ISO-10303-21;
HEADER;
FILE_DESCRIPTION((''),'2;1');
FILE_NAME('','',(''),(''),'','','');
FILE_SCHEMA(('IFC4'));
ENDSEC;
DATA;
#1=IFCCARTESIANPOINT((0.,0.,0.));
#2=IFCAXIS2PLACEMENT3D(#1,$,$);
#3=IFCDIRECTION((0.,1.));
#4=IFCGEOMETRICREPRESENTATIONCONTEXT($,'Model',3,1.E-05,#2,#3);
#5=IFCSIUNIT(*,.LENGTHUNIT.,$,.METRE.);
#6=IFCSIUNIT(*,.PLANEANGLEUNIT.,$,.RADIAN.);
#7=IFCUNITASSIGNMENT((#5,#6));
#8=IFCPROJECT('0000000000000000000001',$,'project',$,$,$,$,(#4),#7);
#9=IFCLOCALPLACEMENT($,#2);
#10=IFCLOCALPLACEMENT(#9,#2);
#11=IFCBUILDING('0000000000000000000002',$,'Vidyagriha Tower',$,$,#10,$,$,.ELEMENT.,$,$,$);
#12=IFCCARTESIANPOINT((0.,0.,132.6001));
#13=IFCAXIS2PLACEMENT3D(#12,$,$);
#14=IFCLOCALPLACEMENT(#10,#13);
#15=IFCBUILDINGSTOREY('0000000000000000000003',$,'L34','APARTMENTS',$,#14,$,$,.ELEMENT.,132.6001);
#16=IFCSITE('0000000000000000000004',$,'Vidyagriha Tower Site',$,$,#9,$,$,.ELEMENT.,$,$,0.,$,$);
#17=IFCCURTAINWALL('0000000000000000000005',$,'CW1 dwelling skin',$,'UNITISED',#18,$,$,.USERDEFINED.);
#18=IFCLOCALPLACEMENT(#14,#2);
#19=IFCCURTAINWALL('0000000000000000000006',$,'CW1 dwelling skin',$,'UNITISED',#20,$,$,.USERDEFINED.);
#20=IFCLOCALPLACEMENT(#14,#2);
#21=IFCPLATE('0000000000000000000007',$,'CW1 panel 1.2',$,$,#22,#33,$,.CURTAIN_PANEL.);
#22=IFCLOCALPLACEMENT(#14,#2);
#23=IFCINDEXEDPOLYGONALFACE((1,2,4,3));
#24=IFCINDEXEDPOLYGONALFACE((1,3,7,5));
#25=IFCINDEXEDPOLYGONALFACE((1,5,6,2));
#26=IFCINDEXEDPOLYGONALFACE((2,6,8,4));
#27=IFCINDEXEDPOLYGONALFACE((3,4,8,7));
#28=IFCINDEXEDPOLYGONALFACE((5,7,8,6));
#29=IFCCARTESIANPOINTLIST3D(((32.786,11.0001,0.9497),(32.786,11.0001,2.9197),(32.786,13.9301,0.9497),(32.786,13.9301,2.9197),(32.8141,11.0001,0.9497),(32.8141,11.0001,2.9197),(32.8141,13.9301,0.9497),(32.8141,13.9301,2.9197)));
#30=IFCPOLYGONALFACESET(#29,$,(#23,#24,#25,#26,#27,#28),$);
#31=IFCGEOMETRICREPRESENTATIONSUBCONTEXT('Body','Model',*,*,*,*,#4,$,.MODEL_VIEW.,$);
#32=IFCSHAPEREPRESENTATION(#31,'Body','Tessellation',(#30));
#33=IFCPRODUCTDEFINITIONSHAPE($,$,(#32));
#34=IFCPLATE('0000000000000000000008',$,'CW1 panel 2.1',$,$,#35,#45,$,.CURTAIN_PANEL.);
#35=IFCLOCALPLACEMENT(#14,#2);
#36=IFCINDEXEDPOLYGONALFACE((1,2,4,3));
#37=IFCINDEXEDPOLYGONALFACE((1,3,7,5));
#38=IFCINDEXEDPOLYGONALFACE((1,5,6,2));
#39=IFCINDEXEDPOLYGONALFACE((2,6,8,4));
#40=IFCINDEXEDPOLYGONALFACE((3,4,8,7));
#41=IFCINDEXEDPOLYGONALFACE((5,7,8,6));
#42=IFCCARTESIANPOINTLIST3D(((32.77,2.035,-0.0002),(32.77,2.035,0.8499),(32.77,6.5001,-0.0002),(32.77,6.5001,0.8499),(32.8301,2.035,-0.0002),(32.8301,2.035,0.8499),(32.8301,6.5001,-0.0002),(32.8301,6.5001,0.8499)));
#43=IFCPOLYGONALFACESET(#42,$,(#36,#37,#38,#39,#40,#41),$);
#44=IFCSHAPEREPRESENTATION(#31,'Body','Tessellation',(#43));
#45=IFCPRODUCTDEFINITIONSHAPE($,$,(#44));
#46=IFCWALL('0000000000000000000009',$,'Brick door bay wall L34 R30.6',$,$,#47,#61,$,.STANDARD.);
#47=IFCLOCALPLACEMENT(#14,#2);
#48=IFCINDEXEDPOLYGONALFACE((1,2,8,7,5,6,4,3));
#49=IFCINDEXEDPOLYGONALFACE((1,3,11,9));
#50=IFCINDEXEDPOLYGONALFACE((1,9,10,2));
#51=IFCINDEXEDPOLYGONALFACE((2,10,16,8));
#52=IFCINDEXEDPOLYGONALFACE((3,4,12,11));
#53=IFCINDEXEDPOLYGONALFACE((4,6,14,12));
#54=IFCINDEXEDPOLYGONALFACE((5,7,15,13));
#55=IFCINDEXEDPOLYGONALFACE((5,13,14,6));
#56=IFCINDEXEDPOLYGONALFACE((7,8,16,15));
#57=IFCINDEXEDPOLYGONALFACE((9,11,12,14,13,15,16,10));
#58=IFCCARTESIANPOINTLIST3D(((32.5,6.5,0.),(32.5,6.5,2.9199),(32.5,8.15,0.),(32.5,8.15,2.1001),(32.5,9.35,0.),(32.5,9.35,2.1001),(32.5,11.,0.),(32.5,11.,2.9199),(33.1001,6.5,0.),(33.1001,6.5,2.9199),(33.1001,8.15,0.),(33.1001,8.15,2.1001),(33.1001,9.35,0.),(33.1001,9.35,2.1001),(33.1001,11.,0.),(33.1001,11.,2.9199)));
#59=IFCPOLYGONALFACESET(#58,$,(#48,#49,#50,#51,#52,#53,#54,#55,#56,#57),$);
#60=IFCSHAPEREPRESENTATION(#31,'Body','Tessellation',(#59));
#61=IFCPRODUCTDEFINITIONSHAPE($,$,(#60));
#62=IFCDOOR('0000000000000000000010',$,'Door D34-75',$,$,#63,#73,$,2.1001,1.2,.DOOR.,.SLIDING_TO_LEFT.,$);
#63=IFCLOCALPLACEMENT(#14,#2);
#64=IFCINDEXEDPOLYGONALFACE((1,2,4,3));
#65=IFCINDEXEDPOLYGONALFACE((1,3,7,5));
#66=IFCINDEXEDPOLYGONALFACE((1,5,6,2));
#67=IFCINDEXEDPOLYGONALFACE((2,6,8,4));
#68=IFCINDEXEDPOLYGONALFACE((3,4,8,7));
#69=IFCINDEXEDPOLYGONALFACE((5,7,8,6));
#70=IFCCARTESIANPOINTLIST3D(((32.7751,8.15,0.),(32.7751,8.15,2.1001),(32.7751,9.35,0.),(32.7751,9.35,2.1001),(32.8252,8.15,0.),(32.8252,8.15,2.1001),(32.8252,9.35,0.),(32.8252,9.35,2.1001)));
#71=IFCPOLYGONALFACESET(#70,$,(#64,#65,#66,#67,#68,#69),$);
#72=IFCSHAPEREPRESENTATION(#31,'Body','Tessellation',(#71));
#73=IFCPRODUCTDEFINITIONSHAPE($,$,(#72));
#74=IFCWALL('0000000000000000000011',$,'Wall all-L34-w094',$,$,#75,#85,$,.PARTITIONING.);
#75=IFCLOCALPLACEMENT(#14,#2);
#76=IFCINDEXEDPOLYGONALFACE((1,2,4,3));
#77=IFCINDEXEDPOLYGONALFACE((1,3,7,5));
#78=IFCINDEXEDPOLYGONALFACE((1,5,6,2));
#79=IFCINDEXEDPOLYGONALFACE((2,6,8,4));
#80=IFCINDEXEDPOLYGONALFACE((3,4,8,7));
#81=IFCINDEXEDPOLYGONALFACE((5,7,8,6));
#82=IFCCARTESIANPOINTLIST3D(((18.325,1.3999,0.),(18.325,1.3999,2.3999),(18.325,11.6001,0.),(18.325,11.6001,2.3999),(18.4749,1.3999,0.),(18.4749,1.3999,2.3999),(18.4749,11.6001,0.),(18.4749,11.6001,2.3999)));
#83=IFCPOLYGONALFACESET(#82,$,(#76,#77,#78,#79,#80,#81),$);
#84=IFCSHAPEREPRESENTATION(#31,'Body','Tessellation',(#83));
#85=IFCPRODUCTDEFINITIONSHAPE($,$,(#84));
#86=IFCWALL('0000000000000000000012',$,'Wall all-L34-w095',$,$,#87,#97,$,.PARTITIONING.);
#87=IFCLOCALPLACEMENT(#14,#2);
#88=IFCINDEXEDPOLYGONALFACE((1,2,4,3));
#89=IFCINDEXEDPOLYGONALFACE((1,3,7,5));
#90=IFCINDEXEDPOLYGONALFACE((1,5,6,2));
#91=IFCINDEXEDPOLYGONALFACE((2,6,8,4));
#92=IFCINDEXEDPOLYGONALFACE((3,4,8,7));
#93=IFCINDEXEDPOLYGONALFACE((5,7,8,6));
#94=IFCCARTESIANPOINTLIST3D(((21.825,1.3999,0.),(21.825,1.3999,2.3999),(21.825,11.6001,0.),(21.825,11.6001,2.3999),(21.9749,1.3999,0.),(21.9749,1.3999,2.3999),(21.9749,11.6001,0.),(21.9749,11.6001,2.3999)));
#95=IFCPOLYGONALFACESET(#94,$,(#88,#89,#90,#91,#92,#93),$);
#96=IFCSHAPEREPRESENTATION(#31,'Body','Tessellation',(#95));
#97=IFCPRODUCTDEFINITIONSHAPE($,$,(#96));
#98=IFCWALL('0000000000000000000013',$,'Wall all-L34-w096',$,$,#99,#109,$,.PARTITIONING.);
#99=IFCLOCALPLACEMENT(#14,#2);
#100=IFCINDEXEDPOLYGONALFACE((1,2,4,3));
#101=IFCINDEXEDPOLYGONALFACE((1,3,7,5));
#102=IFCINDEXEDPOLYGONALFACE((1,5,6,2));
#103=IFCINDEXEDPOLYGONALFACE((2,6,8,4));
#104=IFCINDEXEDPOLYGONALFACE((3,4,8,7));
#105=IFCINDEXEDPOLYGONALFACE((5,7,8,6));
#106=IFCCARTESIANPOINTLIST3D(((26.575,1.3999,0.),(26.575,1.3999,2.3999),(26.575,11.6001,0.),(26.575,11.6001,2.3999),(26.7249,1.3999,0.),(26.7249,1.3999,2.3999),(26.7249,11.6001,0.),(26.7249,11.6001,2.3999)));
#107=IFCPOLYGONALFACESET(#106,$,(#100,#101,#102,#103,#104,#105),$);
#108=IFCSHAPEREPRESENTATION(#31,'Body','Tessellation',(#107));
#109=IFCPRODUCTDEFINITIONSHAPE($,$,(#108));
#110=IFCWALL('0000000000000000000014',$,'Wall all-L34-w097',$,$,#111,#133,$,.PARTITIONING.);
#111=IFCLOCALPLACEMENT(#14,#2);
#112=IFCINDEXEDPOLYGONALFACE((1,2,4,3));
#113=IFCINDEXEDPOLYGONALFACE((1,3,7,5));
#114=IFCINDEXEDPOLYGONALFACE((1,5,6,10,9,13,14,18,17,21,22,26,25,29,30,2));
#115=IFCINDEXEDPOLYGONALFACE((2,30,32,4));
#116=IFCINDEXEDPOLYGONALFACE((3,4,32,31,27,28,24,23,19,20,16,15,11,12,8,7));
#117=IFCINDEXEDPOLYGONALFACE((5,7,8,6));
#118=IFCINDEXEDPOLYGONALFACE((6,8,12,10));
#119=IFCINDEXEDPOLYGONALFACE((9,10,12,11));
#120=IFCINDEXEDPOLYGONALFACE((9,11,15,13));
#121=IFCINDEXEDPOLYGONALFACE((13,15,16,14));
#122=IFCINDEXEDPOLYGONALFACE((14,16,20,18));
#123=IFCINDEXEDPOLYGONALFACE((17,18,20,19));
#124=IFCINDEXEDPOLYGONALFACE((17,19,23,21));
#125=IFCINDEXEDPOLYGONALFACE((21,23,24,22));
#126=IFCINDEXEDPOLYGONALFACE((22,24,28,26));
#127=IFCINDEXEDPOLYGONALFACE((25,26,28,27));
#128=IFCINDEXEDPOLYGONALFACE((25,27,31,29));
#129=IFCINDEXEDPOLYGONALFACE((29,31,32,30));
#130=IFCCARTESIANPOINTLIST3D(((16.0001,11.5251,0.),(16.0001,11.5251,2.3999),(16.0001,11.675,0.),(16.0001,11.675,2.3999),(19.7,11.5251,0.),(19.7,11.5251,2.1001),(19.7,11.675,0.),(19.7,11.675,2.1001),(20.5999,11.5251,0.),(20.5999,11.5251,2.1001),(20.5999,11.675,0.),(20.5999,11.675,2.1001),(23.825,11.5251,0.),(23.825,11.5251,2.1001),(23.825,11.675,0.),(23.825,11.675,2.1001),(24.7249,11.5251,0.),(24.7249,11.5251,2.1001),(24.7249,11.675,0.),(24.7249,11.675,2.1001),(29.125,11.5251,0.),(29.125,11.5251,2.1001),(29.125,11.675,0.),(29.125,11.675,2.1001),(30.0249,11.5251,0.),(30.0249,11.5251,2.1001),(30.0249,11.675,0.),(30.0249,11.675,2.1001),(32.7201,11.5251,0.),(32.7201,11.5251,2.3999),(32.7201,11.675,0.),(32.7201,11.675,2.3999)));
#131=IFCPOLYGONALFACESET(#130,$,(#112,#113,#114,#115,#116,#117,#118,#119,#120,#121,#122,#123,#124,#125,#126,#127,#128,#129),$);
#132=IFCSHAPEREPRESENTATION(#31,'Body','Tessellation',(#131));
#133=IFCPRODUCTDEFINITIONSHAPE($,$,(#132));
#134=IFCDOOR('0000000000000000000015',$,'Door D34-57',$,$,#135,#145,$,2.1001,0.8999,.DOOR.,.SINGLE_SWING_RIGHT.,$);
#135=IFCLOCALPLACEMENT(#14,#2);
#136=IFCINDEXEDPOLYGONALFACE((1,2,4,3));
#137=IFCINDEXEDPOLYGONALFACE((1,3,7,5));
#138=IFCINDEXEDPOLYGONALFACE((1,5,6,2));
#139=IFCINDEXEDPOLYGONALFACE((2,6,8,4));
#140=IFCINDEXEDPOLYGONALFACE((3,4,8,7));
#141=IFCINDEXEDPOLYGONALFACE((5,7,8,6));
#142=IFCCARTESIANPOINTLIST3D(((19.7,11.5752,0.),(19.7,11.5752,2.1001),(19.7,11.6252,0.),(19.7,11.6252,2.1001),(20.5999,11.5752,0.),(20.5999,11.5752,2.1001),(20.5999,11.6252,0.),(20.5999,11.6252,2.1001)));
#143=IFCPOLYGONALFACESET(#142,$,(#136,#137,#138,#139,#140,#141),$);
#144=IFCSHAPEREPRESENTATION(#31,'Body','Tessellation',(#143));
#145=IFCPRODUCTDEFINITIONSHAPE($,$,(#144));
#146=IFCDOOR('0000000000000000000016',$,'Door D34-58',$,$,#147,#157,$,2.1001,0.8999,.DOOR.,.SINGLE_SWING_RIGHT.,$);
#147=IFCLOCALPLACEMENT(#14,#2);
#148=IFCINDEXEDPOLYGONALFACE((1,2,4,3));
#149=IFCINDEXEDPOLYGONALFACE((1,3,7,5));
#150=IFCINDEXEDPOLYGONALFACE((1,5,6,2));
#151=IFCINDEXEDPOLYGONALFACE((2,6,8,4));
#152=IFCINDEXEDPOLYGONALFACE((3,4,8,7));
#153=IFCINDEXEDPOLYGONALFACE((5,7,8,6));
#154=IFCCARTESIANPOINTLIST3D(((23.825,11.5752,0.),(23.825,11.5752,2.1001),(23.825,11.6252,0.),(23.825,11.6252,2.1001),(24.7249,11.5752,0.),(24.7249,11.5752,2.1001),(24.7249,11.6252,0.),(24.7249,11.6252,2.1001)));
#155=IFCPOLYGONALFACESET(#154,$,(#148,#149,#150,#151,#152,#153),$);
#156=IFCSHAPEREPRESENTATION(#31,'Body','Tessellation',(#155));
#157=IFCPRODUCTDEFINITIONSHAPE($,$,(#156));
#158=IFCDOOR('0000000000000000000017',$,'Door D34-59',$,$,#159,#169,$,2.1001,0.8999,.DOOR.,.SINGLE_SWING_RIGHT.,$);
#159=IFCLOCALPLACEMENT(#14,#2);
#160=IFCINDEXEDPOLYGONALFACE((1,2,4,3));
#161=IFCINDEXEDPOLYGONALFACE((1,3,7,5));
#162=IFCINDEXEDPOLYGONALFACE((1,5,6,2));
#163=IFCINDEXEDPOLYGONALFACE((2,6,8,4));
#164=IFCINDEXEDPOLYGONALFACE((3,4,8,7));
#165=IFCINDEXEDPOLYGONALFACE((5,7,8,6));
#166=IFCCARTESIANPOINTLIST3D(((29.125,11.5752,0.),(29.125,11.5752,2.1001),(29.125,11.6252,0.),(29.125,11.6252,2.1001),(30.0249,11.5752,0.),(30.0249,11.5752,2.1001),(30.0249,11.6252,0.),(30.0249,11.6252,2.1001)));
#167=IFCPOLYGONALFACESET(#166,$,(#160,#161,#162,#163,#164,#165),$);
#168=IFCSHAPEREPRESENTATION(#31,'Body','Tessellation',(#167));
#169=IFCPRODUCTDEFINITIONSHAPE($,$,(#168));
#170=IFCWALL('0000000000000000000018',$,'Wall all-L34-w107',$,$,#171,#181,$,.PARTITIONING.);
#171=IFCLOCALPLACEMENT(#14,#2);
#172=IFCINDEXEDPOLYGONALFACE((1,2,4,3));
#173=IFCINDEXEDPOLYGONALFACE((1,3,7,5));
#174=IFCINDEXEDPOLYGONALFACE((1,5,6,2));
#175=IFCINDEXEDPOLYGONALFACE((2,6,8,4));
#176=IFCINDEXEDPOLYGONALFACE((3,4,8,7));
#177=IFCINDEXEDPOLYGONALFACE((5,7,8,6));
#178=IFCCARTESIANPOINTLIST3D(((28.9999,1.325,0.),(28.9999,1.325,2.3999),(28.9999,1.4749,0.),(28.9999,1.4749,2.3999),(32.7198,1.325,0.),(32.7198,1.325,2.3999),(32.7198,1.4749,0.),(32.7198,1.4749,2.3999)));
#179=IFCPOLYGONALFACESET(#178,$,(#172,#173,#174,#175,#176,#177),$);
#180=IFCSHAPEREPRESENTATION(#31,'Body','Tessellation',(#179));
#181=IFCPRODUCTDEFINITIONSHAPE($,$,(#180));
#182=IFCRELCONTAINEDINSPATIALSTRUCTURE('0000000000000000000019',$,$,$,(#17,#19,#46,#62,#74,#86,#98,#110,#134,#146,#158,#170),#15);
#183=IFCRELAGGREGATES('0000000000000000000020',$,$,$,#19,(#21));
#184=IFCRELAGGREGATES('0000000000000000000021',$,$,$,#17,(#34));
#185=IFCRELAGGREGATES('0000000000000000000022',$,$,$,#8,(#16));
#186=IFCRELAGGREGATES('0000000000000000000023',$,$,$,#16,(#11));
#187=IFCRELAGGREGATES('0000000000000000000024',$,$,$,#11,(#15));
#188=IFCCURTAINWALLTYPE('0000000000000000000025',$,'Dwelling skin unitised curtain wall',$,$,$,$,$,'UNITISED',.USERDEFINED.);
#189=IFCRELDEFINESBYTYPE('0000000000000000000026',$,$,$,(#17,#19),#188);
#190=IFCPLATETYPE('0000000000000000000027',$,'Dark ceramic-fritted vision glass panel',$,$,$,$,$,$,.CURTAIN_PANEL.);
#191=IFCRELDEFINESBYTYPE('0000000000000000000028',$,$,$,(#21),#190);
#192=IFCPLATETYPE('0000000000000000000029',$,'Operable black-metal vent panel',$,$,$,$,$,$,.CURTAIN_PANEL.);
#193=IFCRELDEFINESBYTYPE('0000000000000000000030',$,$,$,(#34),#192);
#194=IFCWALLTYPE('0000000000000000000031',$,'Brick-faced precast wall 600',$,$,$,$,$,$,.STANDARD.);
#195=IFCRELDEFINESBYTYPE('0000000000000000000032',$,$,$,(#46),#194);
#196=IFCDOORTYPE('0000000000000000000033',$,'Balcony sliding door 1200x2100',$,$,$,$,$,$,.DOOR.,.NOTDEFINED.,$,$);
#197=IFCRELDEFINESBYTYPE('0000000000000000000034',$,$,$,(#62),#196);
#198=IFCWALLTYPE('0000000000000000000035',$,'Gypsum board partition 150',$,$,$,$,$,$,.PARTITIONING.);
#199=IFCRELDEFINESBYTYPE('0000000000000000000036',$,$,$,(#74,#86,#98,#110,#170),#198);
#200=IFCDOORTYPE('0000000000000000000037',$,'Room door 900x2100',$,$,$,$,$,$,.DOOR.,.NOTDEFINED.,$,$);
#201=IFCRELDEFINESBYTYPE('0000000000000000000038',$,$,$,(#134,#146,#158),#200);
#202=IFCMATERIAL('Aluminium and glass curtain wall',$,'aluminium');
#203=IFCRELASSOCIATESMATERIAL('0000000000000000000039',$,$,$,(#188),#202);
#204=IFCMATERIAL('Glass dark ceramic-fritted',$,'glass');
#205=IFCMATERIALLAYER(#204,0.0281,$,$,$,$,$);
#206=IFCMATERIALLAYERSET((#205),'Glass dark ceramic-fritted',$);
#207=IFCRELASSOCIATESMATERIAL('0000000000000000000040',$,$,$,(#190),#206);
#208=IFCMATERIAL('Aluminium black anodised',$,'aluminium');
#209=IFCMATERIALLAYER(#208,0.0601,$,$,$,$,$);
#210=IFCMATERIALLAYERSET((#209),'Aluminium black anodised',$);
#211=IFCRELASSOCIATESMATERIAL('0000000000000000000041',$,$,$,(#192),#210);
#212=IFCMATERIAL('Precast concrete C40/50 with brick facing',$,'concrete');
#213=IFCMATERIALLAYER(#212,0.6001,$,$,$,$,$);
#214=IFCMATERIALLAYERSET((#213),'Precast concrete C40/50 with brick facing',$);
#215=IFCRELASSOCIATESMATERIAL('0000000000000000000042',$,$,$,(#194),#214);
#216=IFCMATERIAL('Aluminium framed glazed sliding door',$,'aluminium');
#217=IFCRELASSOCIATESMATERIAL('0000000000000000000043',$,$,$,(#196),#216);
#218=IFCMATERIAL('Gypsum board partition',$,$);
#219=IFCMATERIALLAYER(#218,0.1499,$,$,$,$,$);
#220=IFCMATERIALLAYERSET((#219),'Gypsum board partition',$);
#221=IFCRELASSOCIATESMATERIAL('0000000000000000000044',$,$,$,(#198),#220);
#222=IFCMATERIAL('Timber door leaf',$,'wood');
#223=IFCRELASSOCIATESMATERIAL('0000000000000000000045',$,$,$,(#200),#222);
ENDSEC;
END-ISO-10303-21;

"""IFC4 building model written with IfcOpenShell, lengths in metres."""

from ifc_helpers import new_model, si_unit, direction, frame, frame_2d, origin, origin_2d, place, context, subcontext, project, spatial, rectangle, extrude, material, layer, layer_set, type_object, element, fill, aggregate, save


model = new_model("IFC4")

# Units and contexts
model_context = context("Model", 3, precision=1e-05, world=origin(), true_north=direction((0.0, 1.0)))
body_context = subcontext(model_context, "Body", "Model", "MODEL_VIEW")
ifc_project = project(units=[si_unit("LENGTHUNIT", "METRE"), si_unit("PLANEANGLEUNIT", "RADIAN")], contexts=[model_context])

# Site, building, storey
site_placement = place(None, origin())
site = spatial("IfcSite", under=ifc_project, at=site_placement, Name="Vidyagriha Tower Site", CompositionType="ELEMENT", RefElevation=0.0)
building_placement = place(site_placement, origin())
building = spatial("IfcBuilding", under=site, at=building_placement, Name="Vidyagriha Tower", CompositionType="ELEMENT")
storey_placement = place(building_placement, frame((0.0, 0.0, 132.6001)))
storey = spatial("IfcBuildingStorey", under=building, at=storey_placement, Name="L34", Description="APARTMENTS", CompositionType="ELEMENT", Elevation=132.6001)

# Curtain walls
ifc_material_1 = material(Name="Aluminium and glass curtain wall", Category="aluminium")
curtain_wall_type = type_object("IfcCurtainWallType", Name="Dwelling skin unitised curtain wall", ElementType="UNITISED", PredefinedType="USERDEFINED", material=ifc_material_1)
curtain_wall_1_placement = place(storey_placement, origin())
curtain_wall_1 = element("IfcCurtainWall", 1, at=curtain_wall_1_placement, inside=storey, type_object=curtain_wall_type, Name="CW1 dwelling skin", ObjectType="UNITISED", PredefinedType="USERDEFINED")
curtain_wall_2_placement = place(storey_placement, origin())
curtain_wall_2 = element("IfcCurtainWall", 2, at=curtain_wall_2_placement, inside=storey, type_object=curtain_wall_type, Name="CW1 dwelling skin", ObjectType="UNITISED", PredefinedType="USERDEFINED")

# Plates
ifc_material_2 = material(Name="Glass dark ceramic-fritted", Category="glass")
ifc_layer_1 = layer(ifc_material_2, 0.0281)
ifc_layer_set_1 = layer_set([ifc_layer_1], Name="Glass dark ceramic-fritted")
plate_type_1 = type_object("IfcPlateType", Name="Dark ceramic-fritted vision glass panel", PredefinedType="CURTAIN_PANEL", material=ifc_layer_set_1)
plate_1_placement = place(storey_placement, frame((32.8, 12.4651, 0.9497), z_axis=(0.0, 0.0, 1.0), x_axis=(0.0, 1.0, 0.0)))
plate_1 = element("IfcPlate", 3, at=plate_1_placement, type_object=plate_type_1, Name="CW1 panel 1.2", PredefinedType="CURTAIN_PANEL", context=body_context, shape_type="SweptSolid", body=[
    extrude(rectangle(XDim=2.9299, YDim=0.0281, at=origin_2d()), origin(), (0.0, 0.0, 1.0), 1.97),
])
aggregate(curtain_wall_2, [plate_1])
ifc_material_3 = material(Name="Aluminium black anodised", Category="aluminium")
ifc_layer_2 = layer(ifc_material_3, 0.0601)
ifc_layer_set_2 = layer_set([ifc_layer_2], Name="Aluminium black anodised")
plate_type_2 = type_object("IfcPlateType", Name="Operable black-metal vent panel", PredefinedType="CURTAIN_PANEL", material=ifc_layer_set_2)
plate_2_placement = place(storey_placement, frame((32.8, 4.2676, -0.0002), z_axis=(0.0, 0.0, 1.0), x_axis=(0.0, 1.0, 0.0)))
plate_2 = element("IfcPlate", 4, at=plate_2_placement, type_object=plate_type_2, Name="CW1 panel 2.1", PredefinedType="CURTAIN_PANEL", context=body_context, shape_type="SweptSolid", body=[
    extrude(rectangle(XDim=4.4651, YDim=0.0601, at=origin_2d()), origin(), (0.0, 0.0, 1.0), 0.8501),
])
aggregate(curtain_wall_1, [plate_2])

# Wall, opening, door
ifc_material_4 = material(Name="Precast concrete C40/50 with brick facing", Category="concrete")
ifc_layer_3 = layer(ifc_material_4, 0.6001)
ifc_layer_set_3 = layer_set([ifc_layer_3], Name="Precast concrete C40/50 with brick facing")
wall_type_1 = type_object("IfcWallType", Name="Brick-faced precast wall 600", PredefinedType="STANDARD", material=ifc_layer_set_3)
wall_1_placement = place(storey_placement, frame((32.8, 6.5, 0.0), z_axis=(0.0, 0.0, 1.0), x_axis=(0.0, 1.0, 0.0)))
wall_1 = element("IfcWall", 5, at=wall_1_placement, inside=storey, type_object=wall_type_1, Name="Brick door bay wall L34 R30.6", PredefinedType="STANDARD", context=body_context, shape_type="SweptSolid", body=[
    extrude(rectangle(XDim=4.5, YDim=0.6001, at=frame_2d((2.25, 0.0))), origin(), (0.0, 0.0, 1.0), 2.9199),
])
opening_1_placement = place(wall_1_placement, frame((1.6499, 0.0, 0.0)))
opening_1 = element("IfcOpeningElement", 6, at=opening_1_placement, cuts=wall_1, PredefinedType="OPENING", context=body_context, shape_type="SweptSolid", body=[
    extrude(rectangle(XDim=1.2, YDim=2.1001, at=frame_2d((0.6001, 1.05))), frame((0.0, 0.3101, 0.0), z_axis=(0.0, -1.0, 0.0), x_axis=(1.0, 0.0, 0.0)), (0.0, 0.0, 1.0), 0.6201),
])
ifc_material_5 = material(Name="Aluminium framed glazed sliding door", Category="aluminium")
door_type_1 = type_object("IfcDoorType", Name="Balcony sliding door 1200x2100", OperationType="NOTDEFINED", PredefinedType="DOOR", material=ifc_material_5)
door_1_placement = place(opening_1_placement, origin())
door_1 = element("IfcDoor", 7, at=door_1_placement, inside=storey, type_object=door_type_1, Name="Door D34-75", OperationType="SLIDING_TO_LEFT", OverallHeight=2.1001, OverallWidth=1.2, PredefinedType="DOOR", context=body_context, shape_type="SweptSolid", body=[
    extrude(rectangle(XDim=1.2, YDim=2.1001, at=frame_2d((0.6001, 1.05))), frame((0.0, 0.0249, 0.0), z_axis=(0.0, -1.0, 0.0), x_axis=(1.0, 0.0, 0.0)), (0.0, 0.0, 1.0), 0.05),
])
fill(opening_1, door_1)

# Walls
ifc_material_6 = material(Name="Gypsum board partition")
ifc_layer_4 = layer(ifc_material_6, 0.1499)
ifc_layer_set_4 = layer_set([ifc_layer_4], Name="Gypsum board partition")
wall_type_2 = type_object("IfcWallType", Name="Gypsum board partition 150", PredefinedType="PARTITIONING", material=ifc_layer_set_4)
for number, where, z_axis, x_axis, name in (
    (8, (18.3999, 11.6001, 0.0), (0.0, 0.0, 1.0), (0.0, -1.0, 0.0), "Wall all-L34-w094"),
    (9, (21.8999, 11.6001, 0.0), (0.0, 0.0, 1.0), (0.0, -1.0, 0.0), "Wall all-L34-w095"),
    (10, (26.6499, 11.6001, 0.0), (0.0, 0.0, 1.0), (0.0, -1.0, 0.0), "Wall all-L34-w096"),
):
    element("IfcWall", number, at=place(storey_placement, frame(where, z_axis=z_axis, x_axis=x_axis)), inside=storey, type_object=wall_type_2, Name=name, PredefinedType="PARTITIONING", context=body_context, shape_type="SweptSolid", body=[
        extrude(rectangle(XDim=10.2002, YDim=0.1499, at=frame_2d((5.1001, 0.0))), origin(), (0.0, 0.0, 1.0), 2.3999),
    ])

# Wall, openings, doors
wall_2_placement = place(storey_placement, frame((32.72, 11.6001, 0.0), z_axis=(0.0, 0.0, 1.0), x_axis=(-1.0, 0.0, 0.0)))
wall_2 = element("IfcWall", 11, at=wall_2_placement, inside=storey, type_object=wall_type_2, Name="Wall all-L34-w097", PredefinedType="PARTITIONING", context=body_context, shape_type="SweptSolid", body=[
    extrude(rectangle(XDim=16.72, YDim=0.1499, at=frame_2d((8.3599, 0.0))), origin(), (0.0, 0.0, 1.0), 2.3999),
])
opening_2_placement = place(wall_2_placement, frame((12.1201, 0.0, 0.0)))
opening_2 = element("IfcOpeningElement", 12, at=opening_2_placement, cuts=wall_2, PredefinedType="OPENING", context=body_context, shape_type="SweptSolid", body=[
    extrude(rectangle(XDim=0.8999, YDim=2.1001, at=frame_2d((0.45, 1.05))), frame((0.0, 0.085, 0.0), z_axis=(0.0, -1.0, 0.0), x_axis=(1.0, 0.0, 0.0)), (0.0, 0.0, 1.0), 0.1699),
])
opening_3_placement = place(wall_2_placement, frame((7.9951, 0.0, 0.0)))
opening_3 = element("IfcOpeningElement", 13, at=opening_3_placement, cuts=wall_2, PredefinedType="OPENING", context=body_context, shape_type="SweptSolid", body=[
    extrude(rectangle(XDim=0.8999, YDim=2.1001, at=frame_2d((0.45, 1.05))), frame((0.0, 0.085, 0.0), z_axis=(0.0, -1.0, 0.0), x_axis=(1.0, 0.0, 0.0)), (0.0, 0.0, 1.0), 0.1699),
])
opening_4_placement = place(wall_2_placement, frame((2.6951, 0.0, 0.0)))
opening_4 = element("IfcOpeningElement", 14, at=opening_4_placement, cuts=wall_2, PredefinedType="OPENING", context=body_context, shape_type="SweptSolid", body=[
    extrude(rectangle(XDim=0.8999, YDim=2.1001, at=frame_2d((0.45, 1.05))), frame((0.0, 0.085, 0.0), z_axis=(0.0, -1.0, 0.0), x_axis=(1.0, 0.0, 0.0)), (0.0, 0.0, 1.0), 0.1699),
])
ifc_material_7 = material(Name="Timber door leaf", Category="wood")
door_type_2 = type_object("IfcDoorType", Name="Room door 900x2100", OperationType="NOTDEFINED", PredefinedType="DOOR", material=ifc_material_7)
door_2_placement = place(opening_2_placement, origin())
door_2 = element("IfcDoor", 15, at=door_2_placement, inside=storey, type_object=door_type_2, Name="Door D34-57", OperationType="SINGLE_SWING_RIGHT", OverallHeight=2.1001, OverallWidth=0.8999, PredefinedType="DOOR", context=body_context, shape_type="SweptSolid", body=[
    extrude(rectangle(XDim=0.8999, YDim=2.1001, at=frame_2d((0.45, 1.05))), frame((0.0, 0.0249, 0.0), z_axis=(0.0, -1.0, 0.0), x_axis=(1.0, 0.0, 0.0)), (0.0, 0.0, 1.0), 0.05),
])
fill(opening_2, door_2)
door_3_placement = place(opening_3_placement, origin())
door_3 = element("IfcDoor", 16, at=door_3_placement, inside=storey, type_object=door_type_2, Name="Door D34-58", OperationType="SINGLE_SWING_RIGHT", OverallHeight=2.1001, OverallWidth=0.8999, PredefinedType="DOOR", context=body_context, shape_type="SweptSolid", body=[
    extrude(rectangle(XDim=0.8999, YDim=2.1001, at=frame_2d((0.45, 1.05))), frame((0.0, 0.0249, 0.0), z_axis=(0.0, -1.0, 0.0), x_axis=(1.0, 0.0, 0.0)), (0.0, 0.0, 1.0), 0.05),
])
fill(opening_3, door_3)
door_4_placement = place(opening_4_placement, origin())
door_4 = element("IfcDoor", 17, at=door_4_placement, inside=storey, type_object=door_type_2, Name="Door D34-59", OperationType="SINGLE_SWING_RIGHT", OverallHeight=2.1001, OverallWidth=0.8999, PredefinedType="DOOR", context=body_context, shape_type="SweptSolid", body=[
    extrude(rectangle(XDim=0.8999, YDim=2.1001, at=frame_2d((0.45, 1.05))), frame((0.0, 0.0249, 0.0), z_axis=(0.0, -1.0, 0.0), x_axis=(1.0, 0.0, 0.0)), (0.0, 0.0, 1.0), 0.05),
])
fill(opening_4, door_4)

# Wall
wall_3_placement = place(storey_placement, frame((29.0, 1.3999, 0.0)))
element("IfcWall", 18, at=wall_3_placement, inside=storey, type_object=wall_type_2, Name="Wall all-L34-w107", PredefinedType="PARTITIONING", context=body_context, shape_type="SweptSolid", body=[
    extrude(rectangle(XDim=3.72, YDim=0.1499, at=frame_2d((1.8599, 0.0))), origin(), (0.0, 0.0, 1.0), 2.3999),
])

save(model, "model.ifc")
